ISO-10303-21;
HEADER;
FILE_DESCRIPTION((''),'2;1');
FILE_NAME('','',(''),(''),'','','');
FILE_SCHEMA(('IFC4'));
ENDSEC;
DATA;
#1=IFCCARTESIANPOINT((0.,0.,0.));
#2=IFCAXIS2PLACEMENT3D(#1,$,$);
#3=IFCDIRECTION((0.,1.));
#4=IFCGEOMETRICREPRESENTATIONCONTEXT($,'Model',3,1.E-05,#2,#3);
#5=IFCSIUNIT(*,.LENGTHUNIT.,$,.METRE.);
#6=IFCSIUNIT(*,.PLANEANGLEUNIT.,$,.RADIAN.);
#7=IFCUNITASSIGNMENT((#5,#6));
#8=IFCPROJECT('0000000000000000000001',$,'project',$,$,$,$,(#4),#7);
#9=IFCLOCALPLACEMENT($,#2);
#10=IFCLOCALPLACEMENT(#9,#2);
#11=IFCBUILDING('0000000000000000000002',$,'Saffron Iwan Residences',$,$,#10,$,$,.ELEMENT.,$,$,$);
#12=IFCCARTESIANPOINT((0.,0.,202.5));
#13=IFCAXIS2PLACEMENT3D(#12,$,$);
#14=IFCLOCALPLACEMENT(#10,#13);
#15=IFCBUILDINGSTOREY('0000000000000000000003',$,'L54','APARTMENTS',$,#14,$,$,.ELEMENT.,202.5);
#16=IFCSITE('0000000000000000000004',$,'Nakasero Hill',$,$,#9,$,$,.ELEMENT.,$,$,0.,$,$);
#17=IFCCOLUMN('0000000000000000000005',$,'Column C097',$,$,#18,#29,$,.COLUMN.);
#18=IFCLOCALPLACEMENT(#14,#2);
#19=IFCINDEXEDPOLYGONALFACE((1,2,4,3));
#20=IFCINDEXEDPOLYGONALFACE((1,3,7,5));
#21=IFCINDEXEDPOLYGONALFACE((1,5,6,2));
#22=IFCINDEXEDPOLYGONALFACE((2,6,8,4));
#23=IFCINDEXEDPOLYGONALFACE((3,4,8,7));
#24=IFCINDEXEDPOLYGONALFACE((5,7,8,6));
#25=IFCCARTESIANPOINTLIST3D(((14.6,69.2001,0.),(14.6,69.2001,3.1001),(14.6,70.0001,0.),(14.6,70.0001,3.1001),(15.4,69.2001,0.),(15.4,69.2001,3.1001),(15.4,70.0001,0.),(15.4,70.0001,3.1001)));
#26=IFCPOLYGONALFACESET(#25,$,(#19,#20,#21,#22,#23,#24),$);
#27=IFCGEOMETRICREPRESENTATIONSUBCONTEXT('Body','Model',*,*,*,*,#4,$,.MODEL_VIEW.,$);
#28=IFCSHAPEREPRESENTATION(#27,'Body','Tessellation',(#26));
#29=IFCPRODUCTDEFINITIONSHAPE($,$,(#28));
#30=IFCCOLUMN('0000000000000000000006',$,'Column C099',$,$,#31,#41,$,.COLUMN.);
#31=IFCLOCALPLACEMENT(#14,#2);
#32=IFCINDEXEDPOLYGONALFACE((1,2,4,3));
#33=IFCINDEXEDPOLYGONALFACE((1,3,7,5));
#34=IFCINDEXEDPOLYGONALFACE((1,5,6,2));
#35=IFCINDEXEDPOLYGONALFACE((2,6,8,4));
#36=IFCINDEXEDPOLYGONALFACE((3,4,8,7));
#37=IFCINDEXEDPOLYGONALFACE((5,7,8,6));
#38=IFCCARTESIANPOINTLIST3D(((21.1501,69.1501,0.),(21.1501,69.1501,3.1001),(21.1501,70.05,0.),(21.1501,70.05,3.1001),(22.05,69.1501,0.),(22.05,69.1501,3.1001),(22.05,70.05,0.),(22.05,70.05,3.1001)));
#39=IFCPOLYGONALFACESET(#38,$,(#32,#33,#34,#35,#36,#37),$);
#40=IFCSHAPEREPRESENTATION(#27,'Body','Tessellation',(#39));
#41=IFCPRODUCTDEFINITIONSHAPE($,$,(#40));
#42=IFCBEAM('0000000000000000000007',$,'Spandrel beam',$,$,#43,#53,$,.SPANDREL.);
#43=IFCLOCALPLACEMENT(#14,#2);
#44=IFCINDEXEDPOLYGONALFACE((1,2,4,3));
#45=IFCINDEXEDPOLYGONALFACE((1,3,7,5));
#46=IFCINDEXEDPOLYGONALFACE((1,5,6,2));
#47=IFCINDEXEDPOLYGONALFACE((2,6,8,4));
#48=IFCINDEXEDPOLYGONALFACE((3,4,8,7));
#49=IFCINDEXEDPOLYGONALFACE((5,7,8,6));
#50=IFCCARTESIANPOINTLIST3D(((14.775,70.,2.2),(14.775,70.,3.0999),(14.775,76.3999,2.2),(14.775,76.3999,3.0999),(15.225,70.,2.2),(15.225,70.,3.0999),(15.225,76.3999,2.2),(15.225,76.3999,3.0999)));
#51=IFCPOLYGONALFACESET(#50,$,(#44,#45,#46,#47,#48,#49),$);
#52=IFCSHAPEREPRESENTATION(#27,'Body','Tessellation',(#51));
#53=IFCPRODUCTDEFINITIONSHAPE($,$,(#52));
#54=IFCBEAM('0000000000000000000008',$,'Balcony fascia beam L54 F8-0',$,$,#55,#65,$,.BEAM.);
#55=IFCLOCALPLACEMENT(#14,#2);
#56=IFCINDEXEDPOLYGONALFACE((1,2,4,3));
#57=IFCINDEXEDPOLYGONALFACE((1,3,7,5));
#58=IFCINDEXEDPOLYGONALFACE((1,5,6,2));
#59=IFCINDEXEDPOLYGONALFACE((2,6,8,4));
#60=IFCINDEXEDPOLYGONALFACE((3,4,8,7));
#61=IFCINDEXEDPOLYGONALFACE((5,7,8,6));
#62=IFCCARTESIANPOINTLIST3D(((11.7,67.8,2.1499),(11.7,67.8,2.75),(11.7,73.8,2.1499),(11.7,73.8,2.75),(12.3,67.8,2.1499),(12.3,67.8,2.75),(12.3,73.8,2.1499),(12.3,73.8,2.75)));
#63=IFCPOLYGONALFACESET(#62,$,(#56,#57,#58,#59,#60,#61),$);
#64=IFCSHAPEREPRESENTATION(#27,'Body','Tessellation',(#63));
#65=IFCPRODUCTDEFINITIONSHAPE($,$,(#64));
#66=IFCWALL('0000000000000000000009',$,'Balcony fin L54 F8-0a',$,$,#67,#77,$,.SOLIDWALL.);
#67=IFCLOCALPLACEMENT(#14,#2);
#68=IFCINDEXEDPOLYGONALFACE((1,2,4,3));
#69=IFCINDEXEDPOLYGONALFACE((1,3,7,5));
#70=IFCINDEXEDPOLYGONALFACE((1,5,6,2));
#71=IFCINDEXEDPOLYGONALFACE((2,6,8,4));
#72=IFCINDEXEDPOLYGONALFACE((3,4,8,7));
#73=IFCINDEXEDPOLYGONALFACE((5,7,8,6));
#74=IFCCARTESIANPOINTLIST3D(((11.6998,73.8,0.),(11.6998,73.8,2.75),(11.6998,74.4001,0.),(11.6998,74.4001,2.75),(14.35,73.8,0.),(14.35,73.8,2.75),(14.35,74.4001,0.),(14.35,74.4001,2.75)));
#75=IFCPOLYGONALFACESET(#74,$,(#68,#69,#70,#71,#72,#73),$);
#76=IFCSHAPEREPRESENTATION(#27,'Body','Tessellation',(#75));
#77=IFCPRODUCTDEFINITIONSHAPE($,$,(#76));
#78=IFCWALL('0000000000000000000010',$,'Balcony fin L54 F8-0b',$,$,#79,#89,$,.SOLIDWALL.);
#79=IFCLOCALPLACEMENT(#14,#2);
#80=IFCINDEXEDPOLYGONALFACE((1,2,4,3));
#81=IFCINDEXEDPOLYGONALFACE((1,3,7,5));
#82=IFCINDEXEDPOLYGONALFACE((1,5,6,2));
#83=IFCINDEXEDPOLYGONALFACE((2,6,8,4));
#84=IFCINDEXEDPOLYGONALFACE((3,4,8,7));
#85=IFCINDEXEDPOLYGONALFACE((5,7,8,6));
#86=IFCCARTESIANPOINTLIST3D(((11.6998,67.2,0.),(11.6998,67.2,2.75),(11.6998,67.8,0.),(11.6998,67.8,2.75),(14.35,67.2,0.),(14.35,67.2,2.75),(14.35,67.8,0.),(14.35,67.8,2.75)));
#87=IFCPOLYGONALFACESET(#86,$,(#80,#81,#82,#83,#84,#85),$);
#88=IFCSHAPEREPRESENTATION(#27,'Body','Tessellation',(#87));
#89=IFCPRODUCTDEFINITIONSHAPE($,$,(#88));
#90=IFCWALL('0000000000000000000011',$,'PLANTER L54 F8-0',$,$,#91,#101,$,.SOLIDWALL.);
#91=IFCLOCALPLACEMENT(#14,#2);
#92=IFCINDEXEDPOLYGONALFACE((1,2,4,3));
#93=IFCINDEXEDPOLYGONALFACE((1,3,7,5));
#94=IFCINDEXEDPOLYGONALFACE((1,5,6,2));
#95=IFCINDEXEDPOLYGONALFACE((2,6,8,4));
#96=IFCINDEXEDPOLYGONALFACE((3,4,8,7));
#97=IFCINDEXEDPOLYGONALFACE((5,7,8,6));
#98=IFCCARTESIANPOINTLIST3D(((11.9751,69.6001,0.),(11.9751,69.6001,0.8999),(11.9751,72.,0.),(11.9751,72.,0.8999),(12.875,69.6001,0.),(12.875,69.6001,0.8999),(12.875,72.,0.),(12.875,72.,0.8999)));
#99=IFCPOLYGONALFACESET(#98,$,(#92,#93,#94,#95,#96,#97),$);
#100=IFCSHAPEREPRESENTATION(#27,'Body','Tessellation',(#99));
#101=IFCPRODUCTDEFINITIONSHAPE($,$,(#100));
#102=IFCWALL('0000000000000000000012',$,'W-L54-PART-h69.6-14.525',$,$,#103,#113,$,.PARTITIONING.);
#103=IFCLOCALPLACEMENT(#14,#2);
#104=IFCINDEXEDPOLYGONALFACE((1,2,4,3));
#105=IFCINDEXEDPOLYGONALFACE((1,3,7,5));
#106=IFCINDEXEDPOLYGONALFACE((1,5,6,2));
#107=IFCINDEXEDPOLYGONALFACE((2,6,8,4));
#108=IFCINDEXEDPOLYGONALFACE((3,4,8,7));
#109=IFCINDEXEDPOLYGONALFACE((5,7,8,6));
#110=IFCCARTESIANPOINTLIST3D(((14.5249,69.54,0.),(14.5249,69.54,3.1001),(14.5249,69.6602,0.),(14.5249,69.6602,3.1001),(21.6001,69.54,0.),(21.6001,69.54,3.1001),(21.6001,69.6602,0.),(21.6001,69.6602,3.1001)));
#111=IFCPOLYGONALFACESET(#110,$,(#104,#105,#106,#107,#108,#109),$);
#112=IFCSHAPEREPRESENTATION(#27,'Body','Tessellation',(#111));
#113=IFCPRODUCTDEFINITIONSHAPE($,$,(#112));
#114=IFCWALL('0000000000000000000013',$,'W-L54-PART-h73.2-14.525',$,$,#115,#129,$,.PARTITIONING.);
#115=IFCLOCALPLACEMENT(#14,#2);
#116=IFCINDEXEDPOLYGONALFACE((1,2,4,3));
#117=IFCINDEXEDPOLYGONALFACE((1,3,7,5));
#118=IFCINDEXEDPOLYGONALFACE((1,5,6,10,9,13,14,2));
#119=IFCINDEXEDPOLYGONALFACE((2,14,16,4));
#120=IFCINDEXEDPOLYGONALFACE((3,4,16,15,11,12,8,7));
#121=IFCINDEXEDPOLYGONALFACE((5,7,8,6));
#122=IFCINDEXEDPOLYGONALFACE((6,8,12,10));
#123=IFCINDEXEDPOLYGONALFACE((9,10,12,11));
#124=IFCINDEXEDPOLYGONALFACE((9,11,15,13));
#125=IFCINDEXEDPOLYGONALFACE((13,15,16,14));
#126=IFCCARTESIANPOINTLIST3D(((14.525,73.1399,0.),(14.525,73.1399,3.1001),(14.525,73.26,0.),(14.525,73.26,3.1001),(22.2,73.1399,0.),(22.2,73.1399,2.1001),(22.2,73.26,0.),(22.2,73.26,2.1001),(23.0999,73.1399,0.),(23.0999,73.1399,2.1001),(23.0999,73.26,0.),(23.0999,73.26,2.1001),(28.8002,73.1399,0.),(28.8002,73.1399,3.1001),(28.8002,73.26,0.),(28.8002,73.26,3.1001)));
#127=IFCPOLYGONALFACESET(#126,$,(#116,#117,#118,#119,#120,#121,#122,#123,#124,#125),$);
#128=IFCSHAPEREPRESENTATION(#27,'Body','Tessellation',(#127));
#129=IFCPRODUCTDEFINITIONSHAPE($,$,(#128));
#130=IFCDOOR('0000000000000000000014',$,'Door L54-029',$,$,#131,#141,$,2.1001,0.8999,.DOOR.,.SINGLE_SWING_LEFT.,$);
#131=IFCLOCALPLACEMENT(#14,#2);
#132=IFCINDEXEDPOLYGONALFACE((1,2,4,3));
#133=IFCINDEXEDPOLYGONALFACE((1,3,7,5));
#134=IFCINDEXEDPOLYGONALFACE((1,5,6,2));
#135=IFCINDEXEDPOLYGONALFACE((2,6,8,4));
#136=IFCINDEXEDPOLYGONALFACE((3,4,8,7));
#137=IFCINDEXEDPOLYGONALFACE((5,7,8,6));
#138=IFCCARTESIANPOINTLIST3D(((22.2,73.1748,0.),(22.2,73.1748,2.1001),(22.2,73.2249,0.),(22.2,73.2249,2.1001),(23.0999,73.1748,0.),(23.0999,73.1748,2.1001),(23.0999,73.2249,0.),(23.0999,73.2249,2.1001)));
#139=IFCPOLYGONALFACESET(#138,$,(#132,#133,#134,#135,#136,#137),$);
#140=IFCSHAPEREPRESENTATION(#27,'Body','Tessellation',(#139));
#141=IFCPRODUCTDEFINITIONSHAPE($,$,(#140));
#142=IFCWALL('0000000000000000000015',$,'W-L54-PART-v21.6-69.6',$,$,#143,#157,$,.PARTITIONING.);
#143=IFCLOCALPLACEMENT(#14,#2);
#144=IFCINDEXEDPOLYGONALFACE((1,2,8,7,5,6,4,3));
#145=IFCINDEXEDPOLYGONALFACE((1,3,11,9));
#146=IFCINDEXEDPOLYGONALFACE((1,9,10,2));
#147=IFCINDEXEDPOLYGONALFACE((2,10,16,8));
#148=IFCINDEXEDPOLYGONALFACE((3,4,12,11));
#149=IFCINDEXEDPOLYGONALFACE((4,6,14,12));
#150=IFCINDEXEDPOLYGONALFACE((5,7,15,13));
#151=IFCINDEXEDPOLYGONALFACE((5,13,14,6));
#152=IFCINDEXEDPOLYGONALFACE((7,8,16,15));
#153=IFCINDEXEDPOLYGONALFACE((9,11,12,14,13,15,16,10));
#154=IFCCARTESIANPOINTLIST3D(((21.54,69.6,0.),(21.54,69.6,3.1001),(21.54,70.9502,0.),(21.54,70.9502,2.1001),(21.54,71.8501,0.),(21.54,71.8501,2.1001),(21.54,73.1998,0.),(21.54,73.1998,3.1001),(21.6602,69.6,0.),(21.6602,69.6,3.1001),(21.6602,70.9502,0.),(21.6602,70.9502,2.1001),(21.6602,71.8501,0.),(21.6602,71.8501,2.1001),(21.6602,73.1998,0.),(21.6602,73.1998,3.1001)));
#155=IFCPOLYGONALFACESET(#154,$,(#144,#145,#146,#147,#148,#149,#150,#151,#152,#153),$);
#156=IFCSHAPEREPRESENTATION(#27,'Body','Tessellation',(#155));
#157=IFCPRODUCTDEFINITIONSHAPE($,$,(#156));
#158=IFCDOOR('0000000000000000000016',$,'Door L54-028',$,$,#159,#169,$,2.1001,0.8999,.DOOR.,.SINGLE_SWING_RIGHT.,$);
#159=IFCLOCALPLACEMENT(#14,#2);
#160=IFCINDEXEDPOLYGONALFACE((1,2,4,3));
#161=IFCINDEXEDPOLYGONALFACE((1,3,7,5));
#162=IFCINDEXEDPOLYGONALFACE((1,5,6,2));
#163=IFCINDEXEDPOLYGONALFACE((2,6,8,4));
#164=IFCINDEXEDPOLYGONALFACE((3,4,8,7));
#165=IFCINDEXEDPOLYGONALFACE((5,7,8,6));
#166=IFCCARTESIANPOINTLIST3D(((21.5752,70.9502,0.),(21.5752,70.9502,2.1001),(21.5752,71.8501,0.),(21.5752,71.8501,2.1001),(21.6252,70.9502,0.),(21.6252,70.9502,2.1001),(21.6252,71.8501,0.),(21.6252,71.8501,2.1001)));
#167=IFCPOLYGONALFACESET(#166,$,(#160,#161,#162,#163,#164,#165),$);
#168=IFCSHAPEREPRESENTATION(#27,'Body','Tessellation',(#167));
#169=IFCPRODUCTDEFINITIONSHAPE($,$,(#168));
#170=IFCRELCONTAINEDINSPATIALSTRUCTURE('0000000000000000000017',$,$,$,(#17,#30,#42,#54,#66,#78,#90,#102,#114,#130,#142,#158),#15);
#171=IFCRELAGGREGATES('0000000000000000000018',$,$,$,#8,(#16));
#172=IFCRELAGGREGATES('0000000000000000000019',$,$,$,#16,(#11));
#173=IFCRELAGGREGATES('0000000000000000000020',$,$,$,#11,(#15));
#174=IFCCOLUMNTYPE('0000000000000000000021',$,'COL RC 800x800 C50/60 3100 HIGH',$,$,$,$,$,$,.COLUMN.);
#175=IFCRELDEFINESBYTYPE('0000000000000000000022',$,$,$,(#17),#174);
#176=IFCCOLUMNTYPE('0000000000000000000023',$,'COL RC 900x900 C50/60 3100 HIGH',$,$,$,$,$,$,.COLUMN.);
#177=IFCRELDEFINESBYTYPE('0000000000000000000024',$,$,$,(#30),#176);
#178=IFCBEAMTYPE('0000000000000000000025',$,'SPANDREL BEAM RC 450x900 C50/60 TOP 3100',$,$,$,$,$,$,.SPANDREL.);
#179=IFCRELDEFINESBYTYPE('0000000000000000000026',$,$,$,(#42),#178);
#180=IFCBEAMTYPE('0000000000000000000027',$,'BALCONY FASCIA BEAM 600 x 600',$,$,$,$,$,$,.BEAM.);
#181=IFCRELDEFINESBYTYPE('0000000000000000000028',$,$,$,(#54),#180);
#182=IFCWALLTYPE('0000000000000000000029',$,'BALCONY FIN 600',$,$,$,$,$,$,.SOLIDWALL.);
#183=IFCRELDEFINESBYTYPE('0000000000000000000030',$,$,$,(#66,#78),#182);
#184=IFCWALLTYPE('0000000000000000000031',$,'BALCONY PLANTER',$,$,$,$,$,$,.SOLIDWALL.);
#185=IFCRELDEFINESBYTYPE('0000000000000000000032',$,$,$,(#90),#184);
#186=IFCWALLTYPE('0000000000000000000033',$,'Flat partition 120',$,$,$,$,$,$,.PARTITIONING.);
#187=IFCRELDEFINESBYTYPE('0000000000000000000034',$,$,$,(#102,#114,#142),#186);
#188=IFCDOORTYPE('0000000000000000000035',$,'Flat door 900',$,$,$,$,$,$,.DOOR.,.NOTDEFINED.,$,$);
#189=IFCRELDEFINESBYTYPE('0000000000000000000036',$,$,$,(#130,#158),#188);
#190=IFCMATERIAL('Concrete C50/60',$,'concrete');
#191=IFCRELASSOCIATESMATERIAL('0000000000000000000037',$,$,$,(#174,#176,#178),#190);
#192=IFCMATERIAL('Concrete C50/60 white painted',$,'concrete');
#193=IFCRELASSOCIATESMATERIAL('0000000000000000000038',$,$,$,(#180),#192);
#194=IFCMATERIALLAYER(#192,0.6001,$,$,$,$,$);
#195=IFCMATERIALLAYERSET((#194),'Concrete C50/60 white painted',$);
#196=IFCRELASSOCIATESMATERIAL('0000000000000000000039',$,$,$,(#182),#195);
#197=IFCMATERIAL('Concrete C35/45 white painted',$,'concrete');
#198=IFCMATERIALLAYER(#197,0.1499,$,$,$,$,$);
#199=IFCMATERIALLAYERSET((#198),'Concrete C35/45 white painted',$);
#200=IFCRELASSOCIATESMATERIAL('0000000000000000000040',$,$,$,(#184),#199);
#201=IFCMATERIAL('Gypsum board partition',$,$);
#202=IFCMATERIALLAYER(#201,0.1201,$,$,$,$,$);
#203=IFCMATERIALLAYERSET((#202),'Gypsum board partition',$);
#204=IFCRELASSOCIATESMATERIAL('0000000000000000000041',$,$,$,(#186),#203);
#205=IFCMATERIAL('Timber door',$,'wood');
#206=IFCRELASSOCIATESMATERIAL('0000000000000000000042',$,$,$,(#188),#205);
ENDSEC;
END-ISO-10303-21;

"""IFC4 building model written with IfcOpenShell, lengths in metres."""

from ifc_helpers import new_model, si_unit, direction, frame, frame_2d, origin, origin_2d, place, context, subcontext, project, spatial, rectangle, extrude, source, transform, mapped, material, layer, layer_set, material_profile, profile_set, type_object, element, fill, save


model = new_model("IFC4")

# Units and contexts
model_context = context("Model", 3, precision=1e-05, world=origin(), true_north=direction((0.0, 1.0)))
body_context = subcontext(model_context, "Body", "Model", "MODEL_VIEW")
ifc_project = project(units=[si_unit("LENGTHUNIT", "METRE"), si_unit("PLANEANGLEUNIT", "RADIAN")], contexts=[model_context])

# Site, building, storey
site_placement = place(None, origin())
site = spatial("IfcSite", under=ifc_project, at=site_placement, Name="Nakasero Hill", CompositionType="ELEMENT", RefElevation=0.0)
building_placement = place(site_placement, origin())
building = spatial("IfcBuilding", under=site, at=building_placement, Name="Saffron Iwan Residences", CompositionType="ELEMENT")
storey_placement = place(building_placement, frame((0.0, 0.0, 202.5)))
storey = spatial("IfcBuildingStorey", under=building, at=storey_placement, Name="L54", Description="APARTMENTS", CompositionType="ELEMENT", Elevation=202.5)

# Columns
ifc_material_1 = material(Name="Concrete C50/60", Category="concrete")
ifc_material_profile_1 = material_profile(ifc_material_1, rectangle(XDim=0.8, YDim=0.8, at=origin_2d()), Name="RC 800x800")
ifc_profile_set_1 = profile_set([ifc_material_profile_1], Name="Concrete C50/60")
column_type_1 = type_object("IfcColumnType", Name="COL RC 800x800 C50/60 3100 HIGH", PredefinedType="COLUMN", material=ifc_profile_set_1)
shared_shape_1 = source(origin(), body_context, "Body", "SweptSolid", [
    extrude(rectangle(XDim=0.8, YDim=0.8, at=origin_2d()), origin(), (0.0, 0.0, 1.0), 3.1001),
])
column_1_placement = place(storey_placement, frame((15.0, 69.6001, 0.0), z_axis=(0.0, 0.0, 1.0), x_axis=(1.0, 0.0, 0.0)))
element("IfcColumn", 1, at=column_1_placement, inside=storey, type_object=column_type_1, Name="Column C097", PredefinedType="COLUMN", context=body_context, shape_type="MappedRepresentation", body=[
    mapped(shared_shape_1, transform((0.0, 0.0, 0.0))),
])
ifc_material_profile_2 = material_profile(ifc_material_1, rectangle(XDim=0.8999, YDim=0.8999, at=origin_2d()), Name="RC 900x900")
ifc_profile_set_2 = profile_set([ifc_material_profile_2], Name="Concrete C50/60")
column_type_2 = type_object("IfcColumnType", Name="COL RC 900x900 C50/60 3100 HIGH", PredefinedType="COLUMN", material=ifc_profile_set_2)
shared_shape_2 = source(origin(), body_context, "Body", "SweptSolid", [
    extrude(rectangle(XDim=0.8999, YDim=0.8999, at=origin_2d()), origin(), (0.0, 0.0, 1.0), 3.1001),
])
column_2_placement = place(storey_placement, frame((21.6001, 69.6001, 0.0), z_axis=(0.0, 0.0, 1.0), x_axis=(1.0, 0.0, 0.0)))
element("IfcColumn", 2, at=column_2_placement, inside=storey, type_object=column_type_2, Name="Column C099", PredefinedType="COLUMN", context=body_context, shape_type="MappedRepresentation", body=[
    mapped(shared_shape_2, transform((0.0, 0.0, 0.0))),
])

# Beams
ifc_material_profile_3 = material_profile(ifc_material_1, rectangle(XDim=0.45, YDim=0.8999, at=origin_2d()), Name="RC 450x900")
ifc_profile_set_3 = profile_set([ifc_material_profile_3], Name="Concrete C50/60")
beam_type_1 = type_object("IfcBeamType", Name="SPANDREL BEAM RC 450x900 C50/60 TOP 3100", PredefinedType="SPANDREL", material=ifc_profile_set_3)
shared_shape_3 = source(origin(), body_context, "Body", "SweptSolid", [
    extrude(rectangle(XDim=0.45, YDim=0.8999, at=origin_2d()), origin(), (0.0, 0.0, 1.0), 6.3999),
])
beam_1_placement = place(storey_placement, frame((15.0, 70.0, 2.6499), z_axis=(0.0, 1.0, 0.0), x_axis=(-1.0, 0.0, 0.0)))
element("IfcBeam", 3, at=beam_1_placement, inside=storey, type_object=beam_type_1, Name="Spandrel beam", PredefinedType="SPANDREL", context=body_context, shape_type="MappedRepresentation", body=[
    mapped(shared_shape_3, transform((0.0, 0.0, 0.0))),
])
ifc_material_2 = material(Name="Concrete C50/60 white painted", Category="concrete")
ifc_material_profile_4 = material_profile(ifc_material_2, rectangle(XDim=0.6001, YDim=0.6001, at=origin_2d()), Name="BALCONY FASCIA BEAM 600 x 600")
ifc_profile_set_4 = profile_set([ifc_material_profile_4], Name="Concrete C50/60 white painted")
beam_type_2 = type_object("IfcBeamType", Name="BALCONY FASCIA BEAM 600 x 600", PredefinedType="BEAM", material=ifc_profile_set_4)
shared_shape_4 = source(origin(), body_context, "Body", "SweptSolid", [
    extrude(rectangle(XDim=0.6001, YDim=0.6001, at=origin_2d()), origin(), (0.0, 0.0, 1.0), 6.0),
])
beam_2_placement = place(storey_placement, frame((12.0, 73.8, 2.45), z_axis=(0.0, -1.0, 0.0), x_axis=(1.0, 0.0, 0.0)))
element("IfcBeam", 4, at=beam_2_placement, inside=storey, type_object=beam_type_2, Name="Balcony fascia beam L54 F8-0", PredefinedType="BEAM", context=body_context, shape_type="MappedRepresentation", body=[
    mapped(shared_shape_4, transform((0.0, 0.0, 0.0))),
])

# Walls
ifc_layer_1 = layer(ifc_material_2, 0.6001)
ifc_layer_set_1 = layer_set([ifc_layer_1], Name="Concrete C50/60 white painted")
wall_type_1 = type_object("IfcWallType", Name="BALCONY FIN 600", PredefinedType="SOLIDWALL", material=ifc_layer_set_1)
for number, where, z_axis, x_axis, name in (
    (5, (14.3501, 74.1001, 0.0), (0.0, 0.0, 1.0), (-1.0, 0.0, 0.0), "Balcony fin L54 F8-0a"),
    (6, (14.3501, 67.5, 0.0), (0.0, 0.0, 1.0), (-1.0, 0.0, 0.0), "Balcony fin L54 F8-0b"),
):
    element("IfcWall", number, at=place(storey_placement, frame(where, z_axis=z_axis, x_axis=x_axis)), inside=storey, type_object=wall_type_1, Name=name, PredefinedType="SOLIDWALL", context=body_context, shape_type="SweptSolid", body=[
        extrude(rectangle(XDim=2.6501, YDim=0.6001, at=frame_2d((1.3252, 0.0))), origin(), (0.0, 0.0, 1.0), 2.75),
    ])
ifc_material_3 = material(Name="Concrete C35/45 white painted", Category="concrete")
ifc_layer_2 = layer(ifc_material_3, 0.1499)
ifc_layer_set_2 = layer_set([ifc_layer_2], Name="Concrete C35/45 white painted")
wall_type_2 = type_object("IfcWallType", Name="BALCONY PLANTER", PredefinedType="SOLIDWALL", material=ifc_layer_set_2)
wall_1_placement = place(storey_placement, frame((12.425, 72.0, 0.0), z_axis=(0.0, 0.0, 1.0), x_axis=(0.0, -1.0, 0.0)))
element("IfcWall", 7, at=wall_1_placement, inside=storey, type_object=wall_type_2, Name="PLANTER L54 F8-0", PredefinedType="SOLIDWALL", context=body_context, shape_type="SweptSolid", body=[
    extrude(rectangle(XDim=2.3999, YDim=0.8999, at=frame_2d((1.2, 0.0))), origin(), (0.0, 0.0, 1.0), 0.8999),
])

# Wall
ifc_material_4 = material(Name="Gypsum board partition")
ifc_layer_3 = layer(ifc_material_4, 0.1201)
ifc_layer_set_3 = layer_set([ifc_layer_3], Name="Gypsum board partition")
wall_type_3 = type_object("IfcWallType", Name="Flat partition 120", PredefinedType="PARTITIONING", material=ifc_layer_set_3)
wall_2_placement = place(storey_placement, frame((14.5249, 69.6001, 0.0), z_axis=(0.0, 0.0, 1.0), x_axis=(1.0, 0.0, 0.0)))
element("IfcWall", 8, at=wall_2_placement, inside=storey, type_object=wall_type_3, Name="W-L54-PART-h69.6-14.525", PredefinedType="PARTITIONING", context=body_context, shape_type="SweptSolid", body=[
    extrude(rectangle(XDim=7.0752, YDim=0.1201, at=frame_2d((3.5376, 0.0))), origin(), (0.0, 0.0, 1.0), 3.1001),
])

# Walls, openings, doors
wall_3_placement = place(storey_placement, frame((14.5249, 73.2, 0.0), z_axis=(0.0, 0.0, 1.0), x_axis=(1.0, 0.0, 0.0)))
wall_3 = element("IfcWall", 9, at=wall_3_placement, inside=storey, type_object=wall_type_3, Name="W-L54-PART-h73.2-14.525", PredefinedType="PARTITIONING", context=body_context, shape_type="SweptSolid", body=[
    extrude(rectangle(XDim=14.2751, YDim=0.1201, at=frame_2d((7.1377, 0.0))), origin(), (0.0, 0.0, 1.0), 3.1001),
])
opening_1_placement = place(wall_3_placement, frame((7.675, 0.0, 0.0)))
opening_1 = element("IfcOpeningElement", 10, at=opening_1_placement, cuts=wall_3, PredefinedType="OPENING", context=body_context, shape_type="SweptSolid", body=[
    extrude(rectangle(XDim=0.8999, YDim=2.1001, at=frame_2d((0.45, 1.05))), frame((0.0, 0.0701, 0.0), z_axis=(0.0, -1.0, 0.0), x_axis=(1.0, 0.0, 0.0)), (0.0, 0.0, 1.0), 0.1401),
])
ifc_material_5 = material(Name="Timber door", Category="wood")
door_type_1 = type_object("IfcDoorType", Name="Flat door 900", OperationType="NOTDEFINED", PredefinedType="DOOR", material=ifc_material_5)
door_1_placement = place(opening_1_placement, origin())
door_1 = element("IfcDoor", 11, at=door_1_placement, inside=storey, type_object=door_type_1, Name="Door L54-029", OperationType="SINGLE_SWING_LEFT", OverallHeight=2.1001, OverallWidth=0.8999, PredefinedType="DOOR", context=body_context, shape_type="SweptSolid", body=[
    extrude(rectangle(XDim=0.8999, YDim=2.1001, at=frame_2d((0.45, 1.05))), frame((0.0, 0.0249, 0.0), z_axis=(0.0, -1.0, 0.0), x_axis=(1.0, 0.0, 0.0)), (0.0, 0.0, 1.0), 0.05),
])
fill(opening_1, door_1)
wall_4_placement = place(storey_placement, frame((21.6001, 69.6001, 0.0), z_axis=(0.0, 0.0, 1.0), x_axis=(0.0, 1.0, 0.0)))
wall_4 = element("IfcWall", 12, at=wall_4_placement, inside=storey, type_object=wall_type_3, Name="W-L54-PART-v21.6-69.6", PredefinedType="PARTITIONING", context=body_context, shape_type="SweptSolid", body=[
    extrude(rectangle(XDim=3.5999, YDim=0.1201, at=frame_2d((1.7998, 0.0))), origin(), (0.0, 0.0, 1.0), 3.1001),
])
opening_2_placement = place(wall_4_placement, frame((1.3501, 0.0, 0.0)))
opening_2 = element("IfcOpeningElement", 13, at=opening_2_placement, cuts=wall_4, PredefinedType="OPENING", context=body_context, shape_type="SweptSolid", body=[
    extrude(rectangle(XDim=0.8999, YDim=2.1001, at=frame_2d((0.45, 1.05))), frame((0.0, 0.0701, 0.0), z_axis=(0.0, -1.0, 0.0), x_axis=(1.0, 0.0, 0.0)), (0.0, 0.0, 1.0), 0.1401),
])
door_2_placement = place(opening_2_placement, origin())
door_2 = element("IfcDoor", 14, at=door_2_placement, inside=storey, type_object=door_type_1, Name="Door L54-028", OperationType="SINGLE_SWING_RIGHT", OverallHeight=2.1001, OverallWidth=0.8999, PredefinedType="DOOR", context=body_context, shape_type="SweptSolid", body=[
    extrude(rectangle(XDim=0.8999, YDim=2.1001, at=frame_2d((0.45, 1.05))), frame((0.0, 0.0249, 0.0), z_axis=(0.0, -1.0, 0.0), x_axis=(1.0, 0.0, 0.0)), (0.0, 0.0, 1.0), 0.05),
])
fill(opening_2, door_2)

save(model, "model.ifc")
